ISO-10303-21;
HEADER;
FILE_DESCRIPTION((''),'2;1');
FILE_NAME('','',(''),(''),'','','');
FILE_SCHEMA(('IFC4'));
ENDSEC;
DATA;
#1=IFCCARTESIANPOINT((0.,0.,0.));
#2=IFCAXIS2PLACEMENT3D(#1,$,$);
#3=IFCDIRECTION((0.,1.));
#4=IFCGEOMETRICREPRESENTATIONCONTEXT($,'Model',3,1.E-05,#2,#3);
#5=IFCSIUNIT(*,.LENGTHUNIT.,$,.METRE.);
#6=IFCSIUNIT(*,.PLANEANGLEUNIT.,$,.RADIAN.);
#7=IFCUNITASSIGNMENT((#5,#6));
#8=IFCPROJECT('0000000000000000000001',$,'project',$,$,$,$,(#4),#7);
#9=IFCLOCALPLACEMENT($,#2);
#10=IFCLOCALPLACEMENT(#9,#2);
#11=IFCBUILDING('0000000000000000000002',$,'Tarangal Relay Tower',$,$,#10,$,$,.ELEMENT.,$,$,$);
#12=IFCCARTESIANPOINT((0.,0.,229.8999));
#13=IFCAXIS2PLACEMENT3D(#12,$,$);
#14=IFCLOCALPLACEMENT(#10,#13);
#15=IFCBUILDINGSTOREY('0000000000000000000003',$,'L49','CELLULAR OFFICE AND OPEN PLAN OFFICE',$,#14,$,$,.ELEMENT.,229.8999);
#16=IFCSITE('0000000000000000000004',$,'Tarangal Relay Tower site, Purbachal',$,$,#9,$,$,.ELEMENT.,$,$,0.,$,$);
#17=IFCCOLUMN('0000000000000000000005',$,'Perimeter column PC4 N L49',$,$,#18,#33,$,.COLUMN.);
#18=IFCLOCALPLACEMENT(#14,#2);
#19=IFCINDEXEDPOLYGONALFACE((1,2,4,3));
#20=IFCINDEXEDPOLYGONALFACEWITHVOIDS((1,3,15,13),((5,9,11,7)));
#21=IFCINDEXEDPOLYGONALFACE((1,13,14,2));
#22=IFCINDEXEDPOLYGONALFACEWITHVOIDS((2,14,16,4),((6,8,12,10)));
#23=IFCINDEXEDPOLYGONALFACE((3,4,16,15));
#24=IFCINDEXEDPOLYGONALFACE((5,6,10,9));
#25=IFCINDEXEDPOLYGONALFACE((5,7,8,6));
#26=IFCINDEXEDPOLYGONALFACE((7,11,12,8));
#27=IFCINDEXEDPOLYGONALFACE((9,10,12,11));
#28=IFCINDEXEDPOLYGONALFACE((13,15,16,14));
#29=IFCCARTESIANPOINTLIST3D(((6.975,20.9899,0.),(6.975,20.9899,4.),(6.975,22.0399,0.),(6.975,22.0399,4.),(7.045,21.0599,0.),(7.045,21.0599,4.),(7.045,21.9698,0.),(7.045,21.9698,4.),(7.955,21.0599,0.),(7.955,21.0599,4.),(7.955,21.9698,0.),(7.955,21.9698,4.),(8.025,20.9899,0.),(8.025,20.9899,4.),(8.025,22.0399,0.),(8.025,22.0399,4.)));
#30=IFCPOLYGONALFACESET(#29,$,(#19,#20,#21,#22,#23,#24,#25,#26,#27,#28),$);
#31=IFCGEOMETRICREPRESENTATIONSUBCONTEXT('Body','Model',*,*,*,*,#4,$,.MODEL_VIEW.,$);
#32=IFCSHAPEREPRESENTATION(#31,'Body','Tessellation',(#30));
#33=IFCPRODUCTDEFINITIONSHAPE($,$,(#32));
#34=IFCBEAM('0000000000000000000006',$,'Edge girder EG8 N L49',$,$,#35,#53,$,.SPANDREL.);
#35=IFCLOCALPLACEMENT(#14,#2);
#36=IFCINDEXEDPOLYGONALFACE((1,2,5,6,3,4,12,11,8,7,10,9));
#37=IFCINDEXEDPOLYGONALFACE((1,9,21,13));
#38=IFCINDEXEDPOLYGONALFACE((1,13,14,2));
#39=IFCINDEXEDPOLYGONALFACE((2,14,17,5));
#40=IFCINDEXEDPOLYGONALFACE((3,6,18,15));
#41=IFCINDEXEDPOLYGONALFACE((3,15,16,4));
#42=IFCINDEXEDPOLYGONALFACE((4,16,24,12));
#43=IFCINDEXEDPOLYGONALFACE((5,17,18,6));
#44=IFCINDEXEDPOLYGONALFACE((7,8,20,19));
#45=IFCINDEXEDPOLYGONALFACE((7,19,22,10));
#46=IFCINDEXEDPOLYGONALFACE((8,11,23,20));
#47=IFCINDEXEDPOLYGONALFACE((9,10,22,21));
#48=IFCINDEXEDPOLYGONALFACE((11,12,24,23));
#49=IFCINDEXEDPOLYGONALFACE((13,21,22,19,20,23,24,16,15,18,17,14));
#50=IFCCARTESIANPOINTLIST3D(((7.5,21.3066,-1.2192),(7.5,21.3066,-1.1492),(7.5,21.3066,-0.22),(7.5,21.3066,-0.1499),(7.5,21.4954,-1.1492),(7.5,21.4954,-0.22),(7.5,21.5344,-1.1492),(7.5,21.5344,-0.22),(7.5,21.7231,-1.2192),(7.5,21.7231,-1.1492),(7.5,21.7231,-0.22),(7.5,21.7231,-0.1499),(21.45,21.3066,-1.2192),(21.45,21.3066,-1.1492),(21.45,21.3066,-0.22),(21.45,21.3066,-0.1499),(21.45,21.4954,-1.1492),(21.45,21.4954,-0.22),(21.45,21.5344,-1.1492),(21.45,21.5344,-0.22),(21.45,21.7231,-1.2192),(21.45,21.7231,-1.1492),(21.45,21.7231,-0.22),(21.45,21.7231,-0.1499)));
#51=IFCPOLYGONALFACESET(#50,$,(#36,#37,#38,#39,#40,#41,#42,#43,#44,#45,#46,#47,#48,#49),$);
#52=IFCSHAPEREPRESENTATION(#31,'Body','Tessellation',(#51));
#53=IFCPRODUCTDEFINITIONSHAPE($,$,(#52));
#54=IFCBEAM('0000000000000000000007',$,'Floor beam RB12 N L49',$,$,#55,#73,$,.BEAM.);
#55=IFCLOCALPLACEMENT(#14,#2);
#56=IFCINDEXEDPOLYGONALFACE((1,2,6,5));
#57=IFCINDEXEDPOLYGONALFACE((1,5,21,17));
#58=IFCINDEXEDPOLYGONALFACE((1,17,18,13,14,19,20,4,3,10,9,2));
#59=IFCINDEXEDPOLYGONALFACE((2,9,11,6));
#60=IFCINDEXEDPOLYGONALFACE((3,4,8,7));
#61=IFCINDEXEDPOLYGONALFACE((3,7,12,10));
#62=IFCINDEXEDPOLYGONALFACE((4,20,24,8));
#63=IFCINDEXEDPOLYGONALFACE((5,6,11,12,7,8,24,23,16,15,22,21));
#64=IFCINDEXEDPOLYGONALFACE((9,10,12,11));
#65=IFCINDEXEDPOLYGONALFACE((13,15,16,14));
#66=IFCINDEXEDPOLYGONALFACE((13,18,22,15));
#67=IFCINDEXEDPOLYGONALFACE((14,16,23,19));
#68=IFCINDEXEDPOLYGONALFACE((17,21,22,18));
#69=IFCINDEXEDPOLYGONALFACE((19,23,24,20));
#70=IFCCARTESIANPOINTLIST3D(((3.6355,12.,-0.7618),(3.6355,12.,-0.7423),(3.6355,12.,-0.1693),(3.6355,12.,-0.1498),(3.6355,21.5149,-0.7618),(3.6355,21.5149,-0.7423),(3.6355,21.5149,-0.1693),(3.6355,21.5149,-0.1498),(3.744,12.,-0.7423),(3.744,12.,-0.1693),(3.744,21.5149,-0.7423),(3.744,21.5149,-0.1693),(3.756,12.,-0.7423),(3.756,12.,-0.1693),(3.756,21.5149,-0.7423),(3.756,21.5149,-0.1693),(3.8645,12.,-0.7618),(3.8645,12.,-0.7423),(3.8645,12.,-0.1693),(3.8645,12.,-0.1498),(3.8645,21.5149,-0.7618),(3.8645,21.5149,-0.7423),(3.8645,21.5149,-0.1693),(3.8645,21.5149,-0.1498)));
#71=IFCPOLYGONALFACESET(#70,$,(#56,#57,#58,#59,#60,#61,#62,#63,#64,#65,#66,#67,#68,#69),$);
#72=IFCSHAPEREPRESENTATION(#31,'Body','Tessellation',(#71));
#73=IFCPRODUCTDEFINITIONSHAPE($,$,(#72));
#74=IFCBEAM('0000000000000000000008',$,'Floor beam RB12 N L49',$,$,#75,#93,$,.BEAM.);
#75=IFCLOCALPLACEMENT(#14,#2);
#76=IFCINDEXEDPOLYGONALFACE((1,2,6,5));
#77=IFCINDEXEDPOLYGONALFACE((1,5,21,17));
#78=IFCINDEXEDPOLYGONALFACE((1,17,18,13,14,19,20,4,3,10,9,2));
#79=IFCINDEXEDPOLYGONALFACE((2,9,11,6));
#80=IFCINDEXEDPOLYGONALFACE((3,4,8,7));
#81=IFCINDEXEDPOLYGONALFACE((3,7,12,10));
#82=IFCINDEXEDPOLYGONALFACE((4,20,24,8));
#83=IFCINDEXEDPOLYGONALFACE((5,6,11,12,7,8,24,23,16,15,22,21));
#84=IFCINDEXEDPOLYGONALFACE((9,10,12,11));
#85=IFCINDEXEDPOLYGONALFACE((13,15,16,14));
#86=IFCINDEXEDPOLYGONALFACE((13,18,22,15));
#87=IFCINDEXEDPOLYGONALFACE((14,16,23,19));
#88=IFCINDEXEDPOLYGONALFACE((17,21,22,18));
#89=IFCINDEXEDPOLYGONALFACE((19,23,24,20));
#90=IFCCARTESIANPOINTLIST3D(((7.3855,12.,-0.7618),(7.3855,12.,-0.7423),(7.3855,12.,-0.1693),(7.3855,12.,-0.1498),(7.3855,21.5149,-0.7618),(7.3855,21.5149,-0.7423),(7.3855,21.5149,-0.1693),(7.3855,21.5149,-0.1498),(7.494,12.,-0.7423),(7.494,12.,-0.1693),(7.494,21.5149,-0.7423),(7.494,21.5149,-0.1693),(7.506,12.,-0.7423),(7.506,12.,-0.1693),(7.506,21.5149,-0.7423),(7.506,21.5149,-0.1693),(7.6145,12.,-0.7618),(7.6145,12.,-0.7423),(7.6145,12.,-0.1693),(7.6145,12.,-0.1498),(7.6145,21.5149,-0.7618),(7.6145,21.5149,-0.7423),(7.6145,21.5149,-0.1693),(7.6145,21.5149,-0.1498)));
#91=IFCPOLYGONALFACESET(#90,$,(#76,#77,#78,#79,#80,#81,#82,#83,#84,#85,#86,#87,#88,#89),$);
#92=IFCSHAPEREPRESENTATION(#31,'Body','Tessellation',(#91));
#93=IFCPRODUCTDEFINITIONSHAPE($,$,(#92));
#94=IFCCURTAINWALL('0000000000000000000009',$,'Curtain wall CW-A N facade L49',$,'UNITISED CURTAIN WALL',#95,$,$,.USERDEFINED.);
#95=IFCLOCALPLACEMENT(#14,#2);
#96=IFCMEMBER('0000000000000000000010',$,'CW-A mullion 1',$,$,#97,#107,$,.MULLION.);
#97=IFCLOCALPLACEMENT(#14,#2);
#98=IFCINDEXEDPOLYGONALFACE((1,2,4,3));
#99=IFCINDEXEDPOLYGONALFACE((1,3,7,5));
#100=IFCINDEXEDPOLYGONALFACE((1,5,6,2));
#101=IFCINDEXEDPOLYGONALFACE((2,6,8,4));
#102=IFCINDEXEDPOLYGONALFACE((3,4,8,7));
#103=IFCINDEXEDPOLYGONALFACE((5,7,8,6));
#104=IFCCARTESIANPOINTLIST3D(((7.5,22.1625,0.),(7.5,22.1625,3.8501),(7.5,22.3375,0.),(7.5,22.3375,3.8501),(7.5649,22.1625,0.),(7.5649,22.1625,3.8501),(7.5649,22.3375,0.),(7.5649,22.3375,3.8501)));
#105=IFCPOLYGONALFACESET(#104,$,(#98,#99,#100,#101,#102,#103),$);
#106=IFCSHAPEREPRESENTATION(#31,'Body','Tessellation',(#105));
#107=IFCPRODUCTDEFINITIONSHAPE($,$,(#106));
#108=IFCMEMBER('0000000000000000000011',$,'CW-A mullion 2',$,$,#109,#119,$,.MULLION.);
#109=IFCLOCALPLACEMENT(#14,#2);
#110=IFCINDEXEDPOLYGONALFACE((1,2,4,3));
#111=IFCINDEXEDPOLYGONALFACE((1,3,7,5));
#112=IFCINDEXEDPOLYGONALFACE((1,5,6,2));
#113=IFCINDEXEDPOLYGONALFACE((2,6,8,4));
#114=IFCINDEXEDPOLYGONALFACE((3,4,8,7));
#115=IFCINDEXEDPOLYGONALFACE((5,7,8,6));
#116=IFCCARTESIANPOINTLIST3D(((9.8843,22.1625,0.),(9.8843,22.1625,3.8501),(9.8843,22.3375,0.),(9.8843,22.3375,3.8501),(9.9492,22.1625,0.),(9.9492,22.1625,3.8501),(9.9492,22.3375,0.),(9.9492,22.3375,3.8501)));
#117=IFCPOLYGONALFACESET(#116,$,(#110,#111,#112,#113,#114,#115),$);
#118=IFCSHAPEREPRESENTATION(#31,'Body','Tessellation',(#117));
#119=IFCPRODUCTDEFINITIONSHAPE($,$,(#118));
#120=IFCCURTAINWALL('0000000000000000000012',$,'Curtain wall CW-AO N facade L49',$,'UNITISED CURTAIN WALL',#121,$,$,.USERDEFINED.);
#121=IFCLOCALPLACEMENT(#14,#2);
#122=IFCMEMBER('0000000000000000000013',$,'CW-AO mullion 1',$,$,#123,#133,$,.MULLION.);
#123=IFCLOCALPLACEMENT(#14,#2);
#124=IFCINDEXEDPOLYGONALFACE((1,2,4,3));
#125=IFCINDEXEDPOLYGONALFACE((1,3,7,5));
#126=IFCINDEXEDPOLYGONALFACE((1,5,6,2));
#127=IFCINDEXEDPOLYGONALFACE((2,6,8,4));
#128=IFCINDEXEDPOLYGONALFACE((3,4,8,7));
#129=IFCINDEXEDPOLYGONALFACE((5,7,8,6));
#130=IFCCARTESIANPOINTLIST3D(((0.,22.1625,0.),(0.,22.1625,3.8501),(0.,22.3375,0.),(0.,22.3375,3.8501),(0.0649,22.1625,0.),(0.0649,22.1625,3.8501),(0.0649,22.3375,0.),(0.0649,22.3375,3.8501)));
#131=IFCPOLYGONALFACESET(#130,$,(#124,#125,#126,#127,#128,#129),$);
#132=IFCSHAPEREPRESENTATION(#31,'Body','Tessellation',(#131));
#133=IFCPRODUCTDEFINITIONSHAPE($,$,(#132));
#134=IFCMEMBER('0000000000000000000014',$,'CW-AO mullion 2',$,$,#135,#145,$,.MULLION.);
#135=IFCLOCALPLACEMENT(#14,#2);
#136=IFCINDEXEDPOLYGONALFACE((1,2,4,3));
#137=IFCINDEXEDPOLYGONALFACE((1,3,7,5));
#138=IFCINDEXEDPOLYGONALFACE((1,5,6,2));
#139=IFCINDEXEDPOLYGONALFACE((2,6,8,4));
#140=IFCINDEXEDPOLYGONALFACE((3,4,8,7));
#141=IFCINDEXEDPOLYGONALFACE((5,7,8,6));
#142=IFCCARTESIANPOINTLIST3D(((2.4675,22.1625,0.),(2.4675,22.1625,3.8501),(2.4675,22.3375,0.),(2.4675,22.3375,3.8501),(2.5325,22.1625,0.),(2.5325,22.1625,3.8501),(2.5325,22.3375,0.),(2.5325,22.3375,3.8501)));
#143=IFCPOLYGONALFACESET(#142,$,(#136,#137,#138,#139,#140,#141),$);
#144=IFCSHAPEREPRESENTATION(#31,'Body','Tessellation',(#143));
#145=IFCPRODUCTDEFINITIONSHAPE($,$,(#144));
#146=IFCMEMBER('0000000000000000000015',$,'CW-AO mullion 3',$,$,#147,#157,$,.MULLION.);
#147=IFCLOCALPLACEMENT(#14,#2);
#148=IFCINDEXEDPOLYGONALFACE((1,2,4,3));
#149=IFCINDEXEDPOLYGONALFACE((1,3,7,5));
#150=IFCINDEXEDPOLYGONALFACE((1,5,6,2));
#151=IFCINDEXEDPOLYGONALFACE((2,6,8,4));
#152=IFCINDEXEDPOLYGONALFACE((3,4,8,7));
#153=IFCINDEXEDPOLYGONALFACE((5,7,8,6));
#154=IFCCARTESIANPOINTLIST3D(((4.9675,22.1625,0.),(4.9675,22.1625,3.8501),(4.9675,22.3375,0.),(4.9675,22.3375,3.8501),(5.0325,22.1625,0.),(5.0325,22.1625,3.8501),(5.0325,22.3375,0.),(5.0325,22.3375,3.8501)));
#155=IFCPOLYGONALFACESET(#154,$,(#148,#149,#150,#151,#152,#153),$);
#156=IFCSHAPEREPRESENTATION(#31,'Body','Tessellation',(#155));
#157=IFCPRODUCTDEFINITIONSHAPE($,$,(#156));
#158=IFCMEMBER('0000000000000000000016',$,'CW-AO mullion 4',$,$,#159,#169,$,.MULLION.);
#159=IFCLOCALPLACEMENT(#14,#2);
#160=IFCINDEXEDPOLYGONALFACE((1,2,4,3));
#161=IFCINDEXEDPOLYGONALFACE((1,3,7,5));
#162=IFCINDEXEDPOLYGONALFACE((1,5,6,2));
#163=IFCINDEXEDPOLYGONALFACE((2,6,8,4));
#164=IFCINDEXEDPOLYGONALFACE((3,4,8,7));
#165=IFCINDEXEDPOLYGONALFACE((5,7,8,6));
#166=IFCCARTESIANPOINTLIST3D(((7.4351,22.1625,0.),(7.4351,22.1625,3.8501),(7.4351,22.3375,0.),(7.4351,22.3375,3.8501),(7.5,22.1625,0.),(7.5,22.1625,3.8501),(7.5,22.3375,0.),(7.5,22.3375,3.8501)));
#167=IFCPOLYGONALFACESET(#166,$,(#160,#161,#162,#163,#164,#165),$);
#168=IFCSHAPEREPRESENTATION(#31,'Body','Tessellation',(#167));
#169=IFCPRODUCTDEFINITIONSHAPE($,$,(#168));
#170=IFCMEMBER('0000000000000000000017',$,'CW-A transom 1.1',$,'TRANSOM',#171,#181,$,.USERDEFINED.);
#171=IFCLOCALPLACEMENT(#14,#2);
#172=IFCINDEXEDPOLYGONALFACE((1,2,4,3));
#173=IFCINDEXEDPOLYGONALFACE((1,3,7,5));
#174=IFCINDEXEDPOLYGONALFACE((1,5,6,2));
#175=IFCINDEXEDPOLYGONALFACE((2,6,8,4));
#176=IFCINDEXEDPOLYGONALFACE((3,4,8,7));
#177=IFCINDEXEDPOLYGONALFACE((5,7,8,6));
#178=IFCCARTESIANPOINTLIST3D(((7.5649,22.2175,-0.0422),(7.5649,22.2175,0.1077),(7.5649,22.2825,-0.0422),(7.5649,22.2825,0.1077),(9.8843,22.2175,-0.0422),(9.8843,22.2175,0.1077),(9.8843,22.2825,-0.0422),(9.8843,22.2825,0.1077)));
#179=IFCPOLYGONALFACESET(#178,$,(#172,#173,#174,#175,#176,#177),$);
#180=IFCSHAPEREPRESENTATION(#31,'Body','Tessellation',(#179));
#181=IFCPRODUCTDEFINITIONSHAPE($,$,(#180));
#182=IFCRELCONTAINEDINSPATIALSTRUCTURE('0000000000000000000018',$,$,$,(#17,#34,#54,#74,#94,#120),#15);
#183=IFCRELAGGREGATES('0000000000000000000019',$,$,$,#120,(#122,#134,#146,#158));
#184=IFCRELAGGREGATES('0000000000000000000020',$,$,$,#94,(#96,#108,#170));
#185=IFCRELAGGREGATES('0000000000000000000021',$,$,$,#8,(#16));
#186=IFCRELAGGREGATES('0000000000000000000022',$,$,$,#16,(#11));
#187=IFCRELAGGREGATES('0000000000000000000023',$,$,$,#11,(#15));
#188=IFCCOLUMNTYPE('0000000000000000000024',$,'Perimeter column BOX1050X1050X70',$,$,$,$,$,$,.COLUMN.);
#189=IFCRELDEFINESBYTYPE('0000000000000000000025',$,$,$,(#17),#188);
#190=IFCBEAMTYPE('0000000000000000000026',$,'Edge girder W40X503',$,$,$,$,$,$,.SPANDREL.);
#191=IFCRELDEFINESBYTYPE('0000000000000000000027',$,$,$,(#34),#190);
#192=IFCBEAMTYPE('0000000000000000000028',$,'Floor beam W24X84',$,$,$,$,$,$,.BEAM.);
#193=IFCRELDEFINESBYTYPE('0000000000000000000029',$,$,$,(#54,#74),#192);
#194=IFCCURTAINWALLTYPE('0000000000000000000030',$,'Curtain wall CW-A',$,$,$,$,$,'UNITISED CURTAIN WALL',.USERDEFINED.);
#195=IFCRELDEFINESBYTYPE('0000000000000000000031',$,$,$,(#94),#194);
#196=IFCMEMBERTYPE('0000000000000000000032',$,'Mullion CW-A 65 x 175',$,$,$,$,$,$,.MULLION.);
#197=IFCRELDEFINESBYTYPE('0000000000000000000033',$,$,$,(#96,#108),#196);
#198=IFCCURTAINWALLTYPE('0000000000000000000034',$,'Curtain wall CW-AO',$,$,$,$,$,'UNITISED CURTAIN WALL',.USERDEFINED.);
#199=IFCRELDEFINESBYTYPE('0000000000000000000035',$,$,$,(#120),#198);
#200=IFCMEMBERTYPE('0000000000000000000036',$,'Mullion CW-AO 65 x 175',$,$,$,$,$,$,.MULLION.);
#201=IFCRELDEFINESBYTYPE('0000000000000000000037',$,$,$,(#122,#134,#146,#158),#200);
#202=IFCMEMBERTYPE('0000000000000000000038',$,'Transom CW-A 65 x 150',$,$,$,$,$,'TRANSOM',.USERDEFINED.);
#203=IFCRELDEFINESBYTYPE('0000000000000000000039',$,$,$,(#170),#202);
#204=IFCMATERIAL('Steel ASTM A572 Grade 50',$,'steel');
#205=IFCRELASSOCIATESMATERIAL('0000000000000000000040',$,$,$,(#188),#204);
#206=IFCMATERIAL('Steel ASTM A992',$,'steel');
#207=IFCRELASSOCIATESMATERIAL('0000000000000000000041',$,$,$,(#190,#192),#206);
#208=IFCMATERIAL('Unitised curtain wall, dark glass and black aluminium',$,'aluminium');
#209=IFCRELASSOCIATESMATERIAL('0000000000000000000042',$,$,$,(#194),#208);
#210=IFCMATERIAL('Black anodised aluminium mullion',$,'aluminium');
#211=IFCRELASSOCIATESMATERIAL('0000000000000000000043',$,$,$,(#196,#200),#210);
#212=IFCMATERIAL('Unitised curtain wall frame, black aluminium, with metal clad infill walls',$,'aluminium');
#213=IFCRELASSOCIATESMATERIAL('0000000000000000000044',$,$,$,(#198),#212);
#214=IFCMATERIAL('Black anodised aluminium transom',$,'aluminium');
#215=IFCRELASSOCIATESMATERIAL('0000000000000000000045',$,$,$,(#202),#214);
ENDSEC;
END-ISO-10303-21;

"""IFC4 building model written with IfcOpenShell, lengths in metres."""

from ifc_helpers import new_model, si_unit, direction, frame, origin, origin_2d, place, context, subcontext, project, spatial, rectangle, hollow_rectangle, i_section, extrude, material, material_profile, profile_set, type_object, element, aggregate, save


model = new_model("IFC4")

# Units and contexts
model_context = context("Model", 3, precision=1e-05, world=origin(), true_north=direction((0.0, 1.0)))
body_context = subcontext(model_context, "Body", "Model", "MODEL_VIEW")
ifc_project = project(units=[si_unit("LENGTHUNIT", "METRE"), si_unit("PLANEANGLEUNIT", "RADIAN")], contexts=[model_context])

# Site, building, storey
site_placement = place(None, origin())
site = spatial("IfcSite", under=ifc_project, at=site_placement, Name="Tarangal Relay Tower site, Purbachal", CompositionType="ELEMENT", RefElevation=0.0)
building_placement = place(site_placement, origin())
building = spatial("IfcBuilding", under=site, at=building_placement, Name="Tarangal Relay Tower", CompositionType="ELEMENT")
storey_placement = place(building_placement, frame((0.0, 0.0, 229.8999)))
storey = spatial("IfcBuildingStorey", under=building, at=storey_placement, Name="L49", Description="CELLULAR OFFICE AND OPEN PLAN OFFICE", CompositionType="ELEMENT", Elevation=229.8999)

# Column
ifc_material_1 = material(Name="Steel ASTM A572 Grade 50", Category="steel")
ifc_material_profile_1 = material_profile(ifc_material_1, hollow_rectangle(XDim=1.05, YDim=1.05, WallThickness=0.0701, at=origin_2d()), Name="BOX1050X1050X70")
ifc_profile_set_1 = profile_set([ifc_material_profile_1], Name="Steel ASTM A572 Grade 50")
column_type = type_object("IfcColumnType", Name="Perimeter column BOX1050X1050X70", PredefinedType="COLUMN", material=ifc_profile_set_1)
column_placement = place(storey_placement, frame((7.5, 21.5149, 0.0), z_axis=(0.0, 0.0, 1.0), x_axis=(1.0, 0.0, 0.0)))
element("IfcColumn", 1, at=column_placement, inside=storey, type_object=column_type, Name="Perimeter column PC4 N L49", PredefinedType="COLUMN", context=body_context, shape_type="SweptSolid", body=[
    extrude(hollow_rectangle(XDim=1.05, YDim=1.05, WallThickness=0.0701, at=origin_2d()), origin(), (0.0, 0.0, 1.0), 4.0),
])

# Beams
ifc_material_2 = material(Name="Steel ASTM A992", Category="steel")
ifc_material_profile_2 = material_profile(ifc_material_2, i_section(OverallWidth=0.4165, OverallDepth=1.0693, WebThickness=0.0391, FlangeThickness=0.0701, at=origin_2d()), Name="W40X503")
ifc_profile_set_2 = profile_set([ifc_material_profile_2], Name="Steel ASTM A992")
beam_type_1 = type_object("IfcBeamType", Name="Edge girder W40X503", PredefinedType="SPANDREL", material=ifc_profile_set_2)
beam_placement = place(storey_placement, frame((7.5, 21.5149, -0.6846), z_axis=(1.0, 0.0, 0.0), x_axis=(0.0, 1.0, 0.0)))
element("IfcBeam", 2, at=beam_placement, inside=storey, type_object=beam_type_1, Name="Edge girder EG8 N L49", PredefinedType="SPANDREL", context=body_context, shape_type="SweptSolid", body=[
    extrude(i_section(OverallWidth=0.4165, OverallDepth=1.0693, WebThickness=0.0391, FlangeThickness=0.0701, at=origin_2d()), origin(), (0.0, 0.0, 1.0), 13.95),
])
ifc_material_profile_3 = material_profile(ifc_material_2, i_section(OverallWidth=0.229, OverallDepth=0.6121, WebThickness=0.012, FlangeThickness=0.0195, at=origin_2d()), Name="W24X84")
ifc_profile_set_3 = profile_set([ifc_material_profile_3], Name="Steel ASTM A992")
beam_type_2 = type_object("IfcBeamType", Name="Floor beam W24X84", PredefinedType="BEAM", material=ifc_profile_set_3)
for number, where, z_axis, x_axis, name in (
    (3, (3.75, 12.0, -0.4558), (0.0, 1.0, 0.0), (-1.0, 0.0, 0.0), "Floor beam RB12 N L49"),
    (4, (7.5, 12.0, -0.4558), (0.0, 1.0, 0.0), (-1.0, 0.0, 0.0), "Floor beam RB12 N L49"),
):
    element("IfcBeam", number, at=place(storey_placement, frame(where, z_axis=z_axis, x_axis=x_axis)), inside=storey, type_object=beam_type_2, Name=name, PredefinedType="BEAM", context=body_context, shape_type="SweptSolid", body=[
        extrude(i_section(OverallWidth=0.229, OverallDepth=0.6121, WebThickness=0.012, FlangeThickness=0.0195, at=origin_2d()), origin(), (0.0, 0.0, 1.0), 9.5149),
    ])

# Curtain walls, members
ifc_material_3 = material(Name="Unitised curtain wall, dark glass and black aluminium", Category="aluminium")
curtain_wall_type_1 = type_object("IfcCurtainWallType", Name="Curtain wall CW-A", ElementType="UNITISED CURTAIN WALL", PredefinedType="USERDEFINED", material=ifc_material_3)
curtain_wall_1_placement = place(storey_placement, origin())
curtain_wall_1 = element("IfcCurtainWall", 5, at=curtain_wall_1_placement, inside=storey, type_object=curtain_wall_type_1, Name="Curtain wall CW-A N facade L49", ObjectType="UNITISED CURTAIN WALL", PredefinedType="USERDEFINED")
ifc_material_4 = material(Name="Black anodised aluminium mullion", Category="aluminium")
ifc_material_profile_4 = material_profile(ifc_material_4, rectangle(XDim=0.175, YDim=0.0649, at=origin_2d()), Name="CW-AM 65X175")
ifc_profile_set_4 = profile_set([ifc_material_profile_4], Name="Black anodised aluminium mullion")
member_type_1 = type_object("IfcMemberType", Name="Mullion CW-A 65 x 175", PredefinedType="MULLION", material=ifc_profile_set_4)
member_1_placement = place(storey_placement, frame((7.5325, 22.25, 0.0), z_axis=(0.0, 0.0, 1.0), x_axis=(0.0, 1.0, 0.0)))
member_1 = element("IfcMember", 6, at=member_1_placement, type_object=member_type_1, Name="CW-A mullion 1", PredefinedType="MULLION", context=body_context, shape_type="SweptSolid", body=[
    extrude(rectangle(XDim=0.175, YDim=0.0649, at=origin_2d()), origin(), (0.0, 0.0, 1.0), 3.8501),
])
member_2_placement = place(storey_placement, frame((9.9167, 22.25, 0.0), z_axis=(0.0, 0.0, 1.0), x_axis=(0.0, 1.0, 0.0)))
member_2 = element("IfcMember", 7, at=member_2_placement, type_object=member_type_1, Name="CW-A mullion 2", PredefinedType="MULLION", context=body_context, shape_type="SweptSolid", body=[
    extrude(rectangle(XDim=0.175, YDim=0.0649, at=origin_2d()), origin(), (0.0, 0.0, 1.0), 3.8501),
])
ifc_material_5 = material(Name="Unitised curtain wall frame, black aluminium, with metal clad infill walls", Category="aluminium")
curtain_wall_type_2 = type_object("IfcCurtainWallType", Name="Curtain wall CW-AO", ElementType="UNITISED CURTAIN WALL", PredefinedType="USERDEFINED", material=ifc_material_5)
curtain_wall_2_placement = place(storey_placement, origin())
curtain_wall_2 = element("IfcCurtainWall", 8, at=curtain_wall_2_placement, inside=storey, type_object=curtain_wall_type_2, Name="Curtain wall CW-AO N facade L49", ObjectType="UNITISED CURTAIN WALL", PredefinedType="USERDEFINED")
ifc_material_profile_5 = material_profile(ifc_material_4, rectangle(XDim=0.175, YDim=0.0649, at=origin_2d()), Name="CW-AOM 65X175")
ifc_profile_set_5 = profile_set([ifc_material_profile_5], Name="Black anodised aluminium mullion")
member_type_2 = type_object("IfcMemberType", Name="Mullion CW-AO 65 x 175", PredefinedType="MULLION", material=ifc_profile_set_5)
member_3_placement = place(storey_placement, frame((0.0325, 22.25, 0.0), z_axis=(0.0, 0.0, 1.0), x_axis=(0.0, 1.0, 0.0)))
member_3 = element("IfcMember", 9, at=member_3_placement, type_object=member_type_2, Name="CW-AO mullion 1", PredefinedType="MULLION", context=body_context, shape_type="SweptSolid", body=[
    extrude(rectangle(XDim=0.175, YDim=0.0649, at=origin_2d()), origin(), (0.0, 0.0, 1.0), 3.8501),
])
member_4_placement = place(storey_placement, frame((2.5, 22.25, 0.0), z_axis=(0.0, 0.0, 1.0), x_axis=(0.0, 1.0, 0.0)))
member_4 = element("IfcMember", 10, at=member_4_placement, type_object=member_type_2, Name="CW-AO mullion 2", PredefinedType="MULLION", context=body_context, shape_type="SweptSolid", body=[
    extrude(rectangle(XDim=0.175, YDim=0.0649, at=origin_2d()), origin(), (0.0, 0.0, 1.0), 3.8501),
])
member_5_placement = place(storey_placement, frame((5.0, 22.25, 0.0), z_axis=(0.0, 0.0, 1.0), x_axis=(0.0, 1.0, 0.0)))
member_5 = element("IfcMember", 11, at=member_5_placement, type_object=member_type_2, Name="CW-AO mullion 3", PredefinedType="MULLION", context=body_context, shape_type="SweptSolid", body=[
    extrude(rectangle(XDim=0.175, YDim=0.0649, at=origin_2d()), origin(), (0.0, 0.0, 1.0), 3.8501),
])
member_6_placement = place(storey_placement, frame((7.4675, 22.25, 0.0), z_axis=(0.0, 0.0, 1.0), x_axis=(0.0, 1.0, 0.0)))
member_6 = element("IfcMember", 12, at=member_6_placement, type_object=member_type_2, Name="CW-AO mullion 4", PredefinedType="MULLION", context=body_context, shape_type="SweptSolid", body=[
    extrude(rectangle(XDim=0.175, YDim=0.0649, at=origin_2d()), origin(), (0.0, 0.0, 1.0), 3.8501),
])

# Member
ifc_material_6 = material(Name="Black anodised aluminium transom", Category="aluminium")
ifc_material_profile_6 = material_profile(ifc_material_6, rectangle(XDim=0.0649, YDim=0.1499, at=origin_2d()), Name="CW-AT 65X150")
ifc_profile_set_6 = profile_set([ifc_material_profile_6], Name="Black anodised aluminium transom")
member_type_3 = type_object("IfcMemberType", Name="Transom CW-A 65 x 150", ElementType="TRANSOM", PredefinedType="USERDEFINED", material=ifc_profile_set_6)
member_7_placement = place(storey_placement, frame((7.5649, 22.25, 0.0327), z_axis=(1.0, 0.0, 0.0), x_axis=(0.0, 1.0, 0.0)))
member_7 = element("IfcMember", 13, at=member_7_placement, type_object=member_type_3, Name="CW-A transom 1.1", ObjectType="TRANSOM", PredefinedType="USERDEFINED", context=body_context, shape_type="SweptSolid", body=[
    extrude(rectangle(XDim=0.0649, YDim=0.1499, at=origin_2d()), origin(), (0.0, 0.0, 1.0), 2.3193),
])
aggregate(curtain_wall_2, [member_3, member_4, member_5, member_6])

aggregate(curtain_wall_1, [member_1, member_2, member_7])

save(model, "model.ifc")
